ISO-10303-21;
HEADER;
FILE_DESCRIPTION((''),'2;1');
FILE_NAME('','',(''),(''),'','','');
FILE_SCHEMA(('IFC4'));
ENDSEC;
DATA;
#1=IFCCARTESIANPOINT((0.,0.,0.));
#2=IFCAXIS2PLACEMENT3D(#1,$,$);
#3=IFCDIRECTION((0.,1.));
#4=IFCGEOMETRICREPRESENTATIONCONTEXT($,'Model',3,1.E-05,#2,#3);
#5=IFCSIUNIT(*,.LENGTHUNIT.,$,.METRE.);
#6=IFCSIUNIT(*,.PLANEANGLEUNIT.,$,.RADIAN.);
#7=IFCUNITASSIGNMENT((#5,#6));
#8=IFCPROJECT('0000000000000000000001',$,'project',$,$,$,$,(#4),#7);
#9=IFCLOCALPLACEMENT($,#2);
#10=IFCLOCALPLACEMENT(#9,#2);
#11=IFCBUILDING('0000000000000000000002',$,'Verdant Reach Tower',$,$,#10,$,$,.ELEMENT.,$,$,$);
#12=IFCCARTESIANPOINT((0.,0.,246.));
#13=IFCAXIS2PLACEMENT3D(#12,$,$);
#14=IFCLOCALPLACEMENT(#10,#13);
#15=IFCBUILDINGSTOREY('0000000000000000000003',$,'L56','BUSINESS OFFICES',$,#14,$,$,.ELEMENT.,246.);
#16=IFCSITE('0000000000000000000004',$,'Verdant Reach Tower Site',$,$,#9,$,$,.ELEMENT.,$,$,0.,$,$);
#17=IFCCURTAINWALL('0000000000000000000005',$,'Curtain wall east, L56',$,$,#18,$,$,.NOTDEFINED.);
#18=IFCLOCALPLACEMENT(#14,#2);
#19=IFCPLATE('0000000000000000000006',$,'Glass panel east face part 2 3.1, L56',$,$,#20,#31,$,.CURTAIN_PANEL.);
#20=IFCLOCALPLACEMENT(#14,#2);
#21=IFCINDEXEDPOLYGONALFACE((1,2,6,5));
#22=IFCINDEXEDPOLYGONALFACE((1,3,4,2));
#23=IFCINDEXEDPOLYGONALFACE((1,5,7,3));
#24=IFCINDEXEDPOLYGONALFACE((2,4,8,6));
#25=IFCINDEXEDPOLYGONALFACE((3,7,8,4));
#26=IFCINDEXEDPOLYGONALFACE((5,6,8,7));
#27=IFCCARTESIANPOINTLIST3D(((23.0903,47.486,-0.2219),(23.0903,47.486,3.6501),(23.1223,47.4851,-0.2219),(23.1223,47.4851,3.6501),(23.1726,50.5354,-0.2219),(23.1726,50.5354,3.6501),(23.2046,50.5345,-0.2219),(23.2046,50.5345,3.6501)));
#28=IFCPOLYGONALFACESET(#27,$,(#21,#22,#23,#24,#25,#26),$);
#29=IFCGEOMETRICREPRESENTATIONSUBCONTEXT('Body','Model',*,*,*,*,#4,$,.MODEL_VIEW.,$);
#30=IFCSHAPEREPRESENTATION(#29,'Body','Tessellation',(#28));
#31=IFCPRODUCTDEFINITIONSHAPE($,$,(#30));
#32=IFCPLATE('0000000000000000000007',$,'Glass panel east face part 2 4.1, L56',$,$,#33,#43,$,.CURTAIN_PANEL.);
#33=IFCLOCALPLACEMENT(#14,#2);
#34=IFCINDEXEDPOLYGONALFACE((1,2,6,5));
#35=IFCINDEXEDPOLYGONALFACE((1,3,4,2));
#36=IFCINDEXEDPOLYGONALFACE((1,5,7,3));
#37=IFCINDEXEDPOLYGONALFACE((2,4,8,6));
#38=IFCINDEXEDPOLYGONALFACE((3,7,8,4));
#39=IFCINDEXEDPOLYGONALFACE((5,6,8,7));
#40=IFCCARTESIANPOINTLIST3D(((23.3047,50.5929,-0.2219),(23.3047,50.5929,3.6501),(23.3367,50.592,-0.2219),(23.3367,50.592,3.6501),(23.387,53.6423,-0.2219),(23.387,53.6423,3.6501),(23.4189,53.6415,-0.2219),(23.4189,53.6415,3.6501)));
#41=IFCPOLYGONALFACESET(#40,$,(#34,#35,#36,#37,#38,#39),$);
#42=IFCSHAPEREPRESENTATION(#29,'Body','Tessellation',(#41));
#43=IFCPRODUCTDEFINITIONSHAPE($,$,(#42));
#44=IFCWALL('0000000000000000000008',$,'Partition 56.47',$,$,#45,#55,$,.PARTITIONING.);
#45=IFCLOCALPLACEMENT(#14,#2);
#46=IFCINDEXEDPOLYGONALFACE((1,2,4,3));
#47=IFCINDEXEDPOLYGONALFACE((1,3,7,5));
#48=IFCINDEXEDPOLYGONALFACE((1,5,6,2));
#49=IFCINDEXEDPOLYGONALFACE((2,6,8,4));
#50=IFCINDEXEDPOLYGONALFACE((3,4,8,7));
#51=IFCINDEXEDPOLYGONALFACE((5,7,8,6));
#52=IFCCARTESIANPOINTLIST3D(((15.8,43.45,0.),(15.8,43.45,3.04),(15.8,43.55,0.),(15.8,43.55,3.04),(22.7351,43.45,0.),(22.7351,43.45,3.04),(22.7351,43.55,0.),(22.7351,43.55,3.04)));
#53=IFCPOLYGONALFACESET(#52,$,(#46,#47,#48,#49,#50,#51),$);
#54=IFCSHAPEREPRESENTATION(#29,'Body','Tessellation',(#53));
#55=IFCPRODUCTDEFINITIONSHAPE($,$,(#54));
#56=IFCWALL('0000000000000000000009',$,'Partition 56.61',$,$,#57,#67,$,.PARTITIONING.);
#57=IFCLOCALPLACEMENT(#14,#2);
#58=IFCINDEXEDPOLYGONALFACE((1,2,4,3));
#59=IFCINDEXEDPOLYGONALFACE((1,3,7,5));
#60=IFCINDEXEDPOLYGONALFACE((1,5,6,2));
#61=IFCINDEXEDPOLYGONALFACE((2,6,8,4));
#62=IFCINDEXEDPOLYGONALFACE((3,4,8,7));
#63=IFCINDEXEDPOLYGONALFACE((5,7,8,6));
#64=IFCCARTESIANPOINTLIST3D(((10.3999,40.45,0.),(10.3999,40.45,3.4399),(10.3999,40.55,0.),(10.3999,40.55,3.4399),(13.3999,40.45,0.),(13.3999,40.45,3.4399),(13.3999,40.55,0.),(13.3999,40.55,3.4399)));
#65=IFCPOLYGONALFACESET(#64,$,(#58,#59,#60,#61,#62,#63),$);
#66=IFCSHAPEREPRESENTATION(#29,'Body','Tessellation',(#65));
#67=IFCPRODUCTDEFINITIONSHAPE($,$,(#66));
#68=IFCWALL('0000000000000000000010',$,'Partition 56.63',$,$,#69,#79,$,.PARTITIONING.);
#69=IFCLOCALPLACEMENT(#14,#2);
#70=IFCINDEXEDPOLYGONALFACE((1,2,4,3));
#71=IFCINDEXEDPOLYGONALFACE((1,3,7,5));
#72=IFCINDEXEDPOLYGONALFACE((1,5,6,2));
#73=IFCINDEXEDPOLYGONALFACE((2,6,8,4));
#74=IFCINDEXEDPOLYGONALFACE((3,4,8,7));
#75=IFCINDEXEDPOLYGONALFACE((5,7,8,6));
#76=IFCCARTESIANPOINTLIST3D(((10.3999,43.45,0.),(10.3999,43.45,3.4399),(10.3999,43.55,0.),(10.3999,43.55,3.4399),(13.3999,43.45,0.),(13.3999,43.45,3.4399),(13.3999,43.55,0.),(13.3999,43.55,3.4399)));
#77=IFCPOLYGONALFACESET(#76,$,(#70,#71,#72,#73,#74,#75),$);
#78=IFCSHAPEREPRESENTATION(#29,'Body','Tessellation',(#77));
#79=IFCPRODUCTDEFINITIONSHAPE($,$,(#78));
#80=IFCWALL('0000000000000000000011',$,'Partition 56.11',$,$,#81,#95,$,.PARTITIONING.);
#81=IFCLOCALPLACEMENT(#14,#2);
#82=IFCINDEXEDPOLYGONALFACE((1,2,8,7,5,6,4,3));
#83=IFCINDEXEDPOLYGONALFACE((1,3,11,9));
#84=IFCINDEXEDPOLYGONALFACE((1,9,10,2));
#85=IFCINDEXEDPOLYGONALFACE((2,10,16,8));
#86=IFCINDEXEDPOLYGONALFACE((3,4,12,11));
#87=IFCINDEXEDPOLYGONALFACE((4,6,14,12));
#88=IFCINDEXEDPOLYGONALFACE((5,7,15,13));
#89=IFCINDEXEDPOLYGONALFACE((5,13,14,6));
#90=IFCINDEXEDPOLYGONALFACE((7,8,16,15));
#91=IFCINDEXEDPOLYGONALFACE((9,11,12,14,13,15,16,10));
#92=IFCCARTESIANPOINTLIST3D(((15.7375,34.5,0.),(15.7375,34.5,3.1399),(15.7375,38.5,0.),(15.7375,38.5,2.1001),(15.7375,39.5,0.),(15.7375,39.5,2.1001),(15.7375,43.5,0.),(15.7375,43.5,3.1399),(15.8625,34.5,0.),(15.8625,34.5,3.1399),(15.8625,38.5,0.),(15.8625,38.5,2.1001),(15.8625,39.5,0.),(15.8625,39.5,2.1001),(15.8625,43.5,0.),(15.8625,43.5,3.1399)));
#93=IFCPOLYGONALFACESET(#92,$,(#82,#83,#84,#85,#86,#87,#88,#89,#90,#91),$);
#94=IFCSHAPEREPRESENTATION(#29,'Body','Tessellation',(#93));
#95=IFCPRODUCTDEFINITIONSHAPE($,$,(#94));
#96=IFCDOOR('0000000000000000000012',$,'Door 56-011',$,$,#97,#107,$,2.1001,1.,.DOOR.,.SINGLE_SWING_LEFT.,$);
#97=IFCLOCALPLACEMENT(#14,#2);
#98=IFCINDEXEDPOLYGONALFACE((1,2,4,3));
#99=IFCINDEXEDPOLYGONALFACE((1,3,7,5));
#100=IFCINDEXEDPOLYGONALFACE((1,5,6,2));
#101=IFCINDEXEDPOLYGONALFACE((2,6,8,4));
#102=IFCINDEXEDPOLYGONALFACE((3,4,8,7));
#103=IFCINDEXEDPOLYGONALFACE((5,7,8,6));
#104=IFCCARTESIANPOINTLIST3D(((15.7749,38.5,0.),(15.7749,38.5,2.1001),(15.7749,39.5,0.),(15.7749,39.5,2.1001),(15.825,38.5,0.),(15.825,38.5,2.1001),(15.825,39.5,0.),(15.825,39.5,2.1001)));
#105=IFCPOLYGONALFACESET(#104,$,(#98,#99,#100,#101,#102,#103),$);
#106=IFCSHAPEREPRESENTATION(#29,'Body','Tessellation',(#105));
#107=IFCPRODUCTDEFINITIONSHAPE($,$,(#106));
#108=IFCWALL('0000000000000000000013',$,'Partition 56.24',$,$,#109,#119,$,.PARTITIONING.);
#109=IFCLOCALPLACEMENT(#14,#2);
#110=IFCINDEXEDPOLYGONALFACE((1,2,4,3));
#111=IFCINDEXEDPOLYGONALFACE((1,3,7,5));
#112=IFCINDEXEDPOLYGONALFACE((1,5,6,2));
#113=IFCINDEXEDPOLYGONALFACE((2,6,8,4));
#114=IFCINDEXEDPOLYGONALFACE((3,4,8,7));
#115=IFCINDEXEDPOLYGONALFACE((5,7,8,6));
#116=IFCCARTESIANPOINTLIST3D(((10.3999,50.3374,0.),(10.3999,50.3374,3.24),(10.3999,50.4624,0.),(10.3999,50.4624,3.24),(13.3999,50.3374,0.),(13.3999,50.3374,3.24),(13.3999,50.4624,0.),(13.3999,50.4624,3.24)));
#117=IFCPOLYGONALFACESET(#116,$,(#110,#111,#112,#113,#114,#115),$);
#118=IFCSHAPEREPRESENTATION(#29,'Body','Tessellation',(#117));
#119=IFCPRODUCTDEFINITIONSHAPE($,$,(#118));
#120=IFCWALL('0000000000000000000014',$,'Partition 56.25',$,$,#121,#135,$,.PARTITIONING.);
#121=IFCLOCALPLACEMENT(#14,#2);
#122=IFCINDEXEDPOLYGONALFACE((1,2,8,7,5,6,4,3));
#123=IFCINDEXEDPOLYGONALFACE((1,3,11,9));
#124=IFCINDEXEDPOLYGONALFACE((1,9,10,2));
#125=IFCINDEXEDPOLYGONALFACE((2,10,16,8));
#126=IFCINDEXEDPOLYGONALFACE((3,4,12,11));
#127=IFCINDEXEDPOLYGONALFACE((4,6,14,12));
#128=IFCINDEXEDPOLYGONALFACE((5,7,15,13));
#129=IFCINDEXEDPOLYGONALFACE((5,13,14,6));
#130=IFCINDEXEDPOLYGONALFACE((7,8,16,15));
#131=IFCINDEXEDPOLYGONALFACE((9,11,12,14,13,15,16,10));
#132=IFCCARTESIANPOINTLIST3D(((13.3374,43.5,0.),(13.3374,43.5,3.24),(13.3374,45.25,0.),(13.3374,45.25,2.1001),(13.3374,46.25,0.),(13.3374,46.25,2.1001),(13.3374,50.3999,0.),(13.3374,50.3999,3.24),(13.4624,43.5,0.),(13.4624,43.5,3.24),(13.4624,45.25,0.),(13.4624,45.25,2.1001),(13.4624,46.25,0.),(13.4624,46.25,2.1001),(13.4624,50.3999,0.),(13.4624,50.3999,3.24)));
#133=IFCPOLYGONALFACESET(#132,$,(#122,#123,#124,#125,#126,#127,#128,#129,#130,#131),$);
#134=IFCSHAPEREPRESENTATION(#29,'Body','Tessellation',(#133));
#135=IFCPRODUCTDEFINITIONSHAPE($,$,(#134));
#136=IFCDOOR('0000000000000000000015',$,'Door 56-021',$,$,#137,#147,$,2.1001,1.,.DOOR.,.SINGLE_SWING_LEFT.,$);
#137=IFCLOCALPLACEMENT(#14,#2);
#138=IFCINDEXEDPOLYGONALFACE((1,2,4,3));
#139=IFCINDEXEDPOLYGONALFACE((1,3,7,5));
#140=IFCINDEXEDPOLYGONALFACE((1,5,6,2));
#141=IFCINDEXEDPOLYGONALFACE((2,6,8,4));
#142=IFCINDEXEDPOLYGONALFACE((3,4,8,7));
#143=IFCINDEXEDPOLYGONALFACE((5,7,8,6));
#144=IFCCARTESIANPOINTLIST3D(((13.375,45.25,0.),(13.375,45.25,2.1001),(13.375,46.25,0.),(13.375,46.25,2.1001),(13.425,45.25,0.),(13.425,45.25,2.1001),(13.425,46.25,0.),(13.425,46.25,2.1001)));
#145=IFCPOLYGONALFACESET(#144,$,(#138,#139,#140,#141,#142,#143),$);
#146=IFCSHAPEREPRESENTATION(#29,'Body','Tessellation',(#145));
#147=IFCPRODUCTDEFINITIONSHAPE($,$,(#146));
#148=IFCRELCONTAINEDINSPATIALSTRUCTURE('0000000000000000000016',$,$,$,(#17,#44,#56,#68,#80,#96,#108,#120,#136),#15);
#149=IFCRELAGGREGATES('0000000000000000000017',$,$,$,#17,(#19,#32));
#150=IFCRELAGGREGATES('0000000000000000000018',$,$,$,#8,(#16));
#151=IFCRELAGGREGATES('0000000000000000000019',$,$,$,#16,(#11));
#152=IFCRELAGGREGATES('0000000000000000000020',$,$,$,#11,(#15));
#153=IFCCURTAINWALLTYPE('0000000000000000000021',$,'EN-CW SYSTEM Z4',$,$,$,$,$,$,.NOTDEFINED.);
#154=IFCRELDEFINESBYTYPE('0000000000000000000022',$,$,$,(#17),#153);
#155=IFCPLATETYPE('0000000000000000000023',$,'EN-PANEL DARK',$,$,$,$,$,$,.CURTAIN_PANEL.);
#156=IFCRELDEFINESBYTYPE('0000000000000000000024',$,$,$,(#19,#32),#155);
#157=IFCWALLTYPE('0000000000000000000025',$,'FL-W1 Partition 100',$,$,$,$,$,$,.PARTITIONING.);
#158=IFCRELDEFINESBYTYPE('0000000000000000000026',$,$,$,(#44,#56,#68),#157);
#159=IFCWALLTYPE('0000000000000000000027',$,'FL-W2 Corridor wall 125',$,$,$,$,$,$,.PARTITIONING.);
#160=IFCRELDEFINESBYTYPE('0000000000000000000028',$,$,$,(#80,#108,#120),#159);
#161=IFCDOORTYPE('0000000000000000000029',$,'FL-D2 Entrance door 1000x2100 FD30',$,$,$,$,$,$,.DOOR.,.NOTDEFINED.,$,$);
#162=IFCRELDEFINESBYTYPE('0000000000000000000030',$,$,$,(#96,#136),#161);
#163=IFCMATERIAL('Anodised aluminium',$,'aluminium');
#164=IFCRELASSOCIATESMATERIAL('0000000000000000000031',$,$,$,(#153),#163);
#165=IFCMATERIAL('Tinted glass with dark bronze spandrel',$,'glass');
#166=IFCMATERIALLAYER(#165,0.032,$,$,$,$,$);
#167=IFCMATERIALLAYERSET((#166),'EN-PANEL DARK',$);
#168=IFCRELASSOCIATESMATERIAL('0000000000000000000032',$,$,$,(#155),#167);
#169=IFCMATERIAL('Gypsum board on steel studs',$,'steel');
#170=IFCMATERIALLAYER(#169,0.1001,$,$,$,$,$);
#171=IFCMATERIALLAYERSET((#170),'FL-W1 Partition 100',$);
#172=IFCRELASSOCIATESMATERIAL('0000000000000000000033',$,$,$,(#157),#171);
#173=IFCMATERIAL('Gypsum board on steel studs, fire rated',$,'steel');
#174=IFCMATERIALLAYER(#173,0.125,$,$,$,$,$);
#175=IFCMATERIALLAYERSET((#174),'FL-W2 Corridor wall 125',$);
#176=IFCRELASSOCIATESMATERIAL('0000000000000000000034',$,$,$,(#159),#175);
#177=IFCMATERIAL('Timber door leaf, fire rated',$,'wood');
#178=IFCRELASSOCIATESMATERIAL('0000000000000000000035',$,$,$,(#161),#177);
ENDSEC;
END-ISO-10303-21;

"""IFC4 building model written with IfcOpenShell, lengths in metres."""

from ifc_helpers import new_model, si_unit, direction, frame, frame_2d, origin, origin_2d, place, context, subcontext, project, spatial, rectangle, extrude, material, layer, layer_set, type_object, element, fill, aggregate, save


model = new_model("IFC4")

# Units and contexts
model_context = context("Model", 3, precision=1e-05, world=origin(), true_north=direction((0.0, 1.0)))
body_context = subcontext(model_context, "Body", "Model", "MODEL_VIEW")
ifc_project = project(units=[si_unit("LENGTHUNIT", "METRE"), si_unit("PLANEANGLEUNIT", "RADIAN")], contexts=[model_context])

# Site, building, storey
site_placement = place(None, origin())
site = spatial("IfcSite", under=ifc_project, at=site_placement, Name="Verdant Reach Tower Site", CompositionType="ELEMENT", RefElevation=0.0)
building_placement = place(site_placement, origin())
building = spatial("IfcBuilding", under=site, at=building_placement, Name="Verdant Reach Tower", CompositionType="ELEMENT")
storey_placement = place(building_placement, frame((0.0, 0.0, 246.0)))
storey = spatial("IfcBuildingStorey", under=building, at=storey_placement, Name="L56", Description="BUSINESS OFFICES", CompositionType="ELEMENT", Elevation=246.0)

# Curtain wall
ifc_material_1 = material(Name="Anodised aluminium", Category="aluminium")
curtain_wall_type = type_object("IfcCurtainWallType", Name="EN-CW SYSTEM Z4", PredefinedType="NOTDEFINED", material=ifc_material_1)
curtain_wall_placement = place(storey_placement, origin())
curtain_wall = element("IfcCurtainWall", 1, at=curtain_wall_placement, inside=storey, type_object=curtain_wall_type, Name="Curtain wall east, L56", PredefinedType="NOTDEFINED")

# Plates
ifc_material_2 = material(Name="Tinted glass with dark bronze spandrel", Category="glass")
ifc_layer_1 = layer(ifc_material_2, 0.032)
ifc_layer_set_1 = layer_set([ifc_layer_1], Name="EN-PANEL DARK")
plate_type_1 = type_object("IfcPlateType", Name="EN-PANEL DARK", PredefinedType="CURTAIN_PANEL", material=ifc_layer_set_1)
plate_1_placement = place(storey_placement, frame((23.1475, 49.0103, -0.2219), z_axis=(0.0, 0.0, 1.0), x_axis=(0.026965, 0.999636, 0.0)))
plate_1 = element("IfcPlate", 2, at=plate_1_placement, type_object=plate_type_1, Name="Glass panel east face part 2 3.1, L56", PredefinedType="CURTAIN_PANEL", context=body_context, shape_type="SweptSolid", body=[
    extrude(rectangle(XDim=3.0505, YDim=0.032, at=origin_2d()), origin(), (0.0, 0.0, 1.0), 3.8721),
])
plate_2_placement = place(storey_placement, frame((23.3618, 52.1172, -0.2219), z_axis=(0.0, 0.0, 1.0), x_axis=(0.026965, 0.999636, 0.0)))
plate_2 = element("IfcPlate", 3, at=plate_2_placement, type_object=plate_type_1, Name="Glass panel east face part 2 4.1, L56", PredefinedType="CURTAIN_PANEL", context=body_context, shape_type="SweptSolid", body=[
    extrude(rectangle(XDim=3.0505, YDim=0.032, at=origin_2d()), origin(), (0.0, 0.0, 1.0), 3.8721),
])
aggregate(curtain_wall, [plate_1, plate_2])

# Walls
ifc_material_3 = material(Name="Gypsum board on steel studs", Category="steel")
ifc_layer_2 = layer(ifc_material_3, 0.1001)
ifc_layer_set_2 = layer_set([ifc_layer_2], Name="FL-W1 Partition 100")
wall_type_1 = type_object("IfcWallType", Name="FL-W1 Partition 100", PredefinedType="PARTITIONING", material=ifc_layer_set_2)
wall_1_placement = place(storey_placement, frame((22.7351, 43.5, 0.0), z_axis=(0.0, 0.0, 1.0), x_axis=(-1.0, 0.0, 0.0)))
element("IfcWall", 4, at=wall_1_placement, inside=storey, type_object=wall_type_1, Name="Partition 56.47", PredefinedType="PARTITIONING", context=body_context, shape_type="SweptSolid", body=[
    extrude(rectangle(XDim=6.9351, YDim=0.1001, at=frame_2d((3.4675, 0.0))), origin(), (0.0, 0.0, 1.0), 3.04),
])
for number, where, z_axis, x_axis, name in (
    (5, (13.3999, 40.5, 0.0), (0.0, 0.0, 1.0), (-1.0, 0.0, 0.0), "Partition 56.61"),
    (6, (13.3999, 43.5, 0.0), (0.0, 0.0, 1.0), (-1.0, 0.0, 0.0), "Partition 56.63"),
):
    element("IfcWall", number, at=place(storey_placement, frame(where, z_axis=z_axis, x_axis=x_axis)), inside=storey, type_object=wall_type_1, Name=name, PredefinedType="PARTITIONING", context=body_context, shape_type="SweptSolid", body=[
        extrude(rectangle(XDim=3.0, YDim=0.1001, at=frame_2d((1.5, 0.0))), origin(), (0.0, 0.0, 1.0), 3.4399),
    ])

# Wall, opening, door
ifc_material_4 = material(Name="Gypsum board on steel studs, fire rated", Category="steel")
ifc_layer_3 = layer(ifc_material_4, 0.125)
ifc_layer_set_3 = layer_set([ifc_layer_3], Name="FL-W2 Corridor wall 125")
wall_type_2 = type_object("IfcWallType", Name="FL-W2 Corridor wall 125", PredefinedType="PARTITIONING", material=ifc_layer_set_3)
wall_2_placement = place(storey_placement, frame((15.8, 43.5, 0.0), z_axis=(0.0, 0.0, 1.0), x_axis=(0.0, -1.0, 0.0)))
wall_2 = element("IfcWall", 7, at=wall_2_placement, inside=storey, type_object=wall_type_2, Name="Partition 56.11", PredefinedType="PARTITIONING", context=body_context, shape_type="SweptSolid", body=[
    extrude(rectangle(XDim=9.0, YDim=0.125, at=frame_2d((4.5, 0.0))), origin(), (0.0, 0.0, 1.0), 3.1399),
])
opening_1_placement = place(wall_2_placement, frame((4.0, 0.0, 0.0)))
opening_1 = element("IfcOpeningElement", 8, at=opening_1_placement, cuts=wall_2, PredefinedType="OPENING", context=body_context, shape_type="SweptSolid", body=[
    extrude(rectangle(XDim=1.0, YDim=2.1001, at=frame_2d((0.5, 1.05))), frame((0.0, 0.0725, 0.0), z_axis=(0.0, -1.0, 0.0), x_axis=(1.0, 0.0, 0.0)), (0.0, 0.0, 1.0), 0.145),
])
ifc_material_5 = material(Name="Timber door leaf, fire rated", Category="wood")
door_type = type_object("IfcDoorType", Name="FL-D2 Entrance door 1000x2100 FD30", OperationType="NOTDEFINED", PredefinedType="DOOR", material=ifc_material_5)
door_1_placement = place(opening_1_placement, origin())
door_1 = element("IfcDoor", 9, at=door_1_placement, inside=storey, type_object=door_type, Name="Door 56-011", OperationType="SINGLE_SWING_LEFT", OverallHeight=2.1001, OverallWidth=1.0, PredefinedType="DOOR", context=body_context, shape_type="SweptSolid", body=[
    extrude(rectangle(XDim=1.0, YDim=2.1001, at=frame_2d((0.5, 1.05))), frame((0.0, 0.0249, 0.0), z_axis=(0.0, -1.0, 0.0), x_axis=(1.0, 0.0, 0.0)), (0.0, 0.0, 1.0), 0.05),
])
fill(opening_1, door_1)

# Wall
wall_3_placement = place(storey_placement, frame((13.3999, 50.3999, 0.0), z_axis=(0.0, 0.0, 1.0), x_axis=(-1.0, 0.0, 0.0)))
element("IfcWall", 10, at=wall_3_placement, inside=storey, type_object=wall_type_2, Name="Partition 56.24", PredefinedType="PARTITIONING", context=body_context, shape_type="SweptSolid", body=[
    extrude(rectangle(XDim=3.0, YDim=0.125, at=frame_2d((1.5, 0.0))), origin(), (0.0, 0.0, 1.0), 3.24),
])

# Wall, opening, door
wall_4_placement = place(storey_placement, frame((13.3999, 43.5, 0.0), z_axis=(0.0, 0.0, 1.0), x_axis=(0.0, 1.0, 0.0)))
wall_4 = element("IfcWall", 11, at=wall_4_placement, inside=storey, type_object=wall_type_2, Name="Partition 56.25", PredefinedType="PARTITIONING", context=body_context, shape_type="SweptSolid", body=[
    extrude(rectangle(XDim=6.8999, YDim=0.125, at=frame_2d((3.45, 0.0))), origin(), (0.0, 0.0, 1.0), 3.24),
])
opening_2_placement = place(wall_4_placement, frame((1.75, 0.0, 0.0)))
opening_2 = element("IfcOpeningElement", 12, at=opening_2_placement, cuts=wall_4, PredefinedType="OPENING", context=body_context, shape_type="SweptSolid", body=[
    extrude(rectangle(XDim=1.0, YDim=2.1001, at=frame_2d((0.5, 1.05))), frame((0.0, 0.0725, 0.0), z_axis=(0.0, -1.0, 0.0), x_axis=(1.0, 0.0, 0.0)), (0.0, 0.0, 1.0), 0.145),
])
door_2_placement = place(opening_2_placement, origin())
door_2 = element("IfcDoor", 13, at=door_2_placement, inside=storey, type_object=door_type, Name="Door 56-021", OperationType="SINGLE_SWING_LEFT", OverallHeight=2.1001, OverallWidth=1.0, PredefinedType="DOOR", context=body_context, shape_type="SweptSolid", body=[
    extrude(rectangle(XDim=1.0, YDim=2.1001, at=frame_2d((0.5, 1.05))), frame((0.0, 0.0249, 0.0), z_axis=(0.0, -1.0, 0.0), x_axis=(1.0, 0.0, 0.0)), (0.0, 0.0, 1.0), 0.05),
])
fill(opening_2, door_2)

save(model, "model.ifc")
